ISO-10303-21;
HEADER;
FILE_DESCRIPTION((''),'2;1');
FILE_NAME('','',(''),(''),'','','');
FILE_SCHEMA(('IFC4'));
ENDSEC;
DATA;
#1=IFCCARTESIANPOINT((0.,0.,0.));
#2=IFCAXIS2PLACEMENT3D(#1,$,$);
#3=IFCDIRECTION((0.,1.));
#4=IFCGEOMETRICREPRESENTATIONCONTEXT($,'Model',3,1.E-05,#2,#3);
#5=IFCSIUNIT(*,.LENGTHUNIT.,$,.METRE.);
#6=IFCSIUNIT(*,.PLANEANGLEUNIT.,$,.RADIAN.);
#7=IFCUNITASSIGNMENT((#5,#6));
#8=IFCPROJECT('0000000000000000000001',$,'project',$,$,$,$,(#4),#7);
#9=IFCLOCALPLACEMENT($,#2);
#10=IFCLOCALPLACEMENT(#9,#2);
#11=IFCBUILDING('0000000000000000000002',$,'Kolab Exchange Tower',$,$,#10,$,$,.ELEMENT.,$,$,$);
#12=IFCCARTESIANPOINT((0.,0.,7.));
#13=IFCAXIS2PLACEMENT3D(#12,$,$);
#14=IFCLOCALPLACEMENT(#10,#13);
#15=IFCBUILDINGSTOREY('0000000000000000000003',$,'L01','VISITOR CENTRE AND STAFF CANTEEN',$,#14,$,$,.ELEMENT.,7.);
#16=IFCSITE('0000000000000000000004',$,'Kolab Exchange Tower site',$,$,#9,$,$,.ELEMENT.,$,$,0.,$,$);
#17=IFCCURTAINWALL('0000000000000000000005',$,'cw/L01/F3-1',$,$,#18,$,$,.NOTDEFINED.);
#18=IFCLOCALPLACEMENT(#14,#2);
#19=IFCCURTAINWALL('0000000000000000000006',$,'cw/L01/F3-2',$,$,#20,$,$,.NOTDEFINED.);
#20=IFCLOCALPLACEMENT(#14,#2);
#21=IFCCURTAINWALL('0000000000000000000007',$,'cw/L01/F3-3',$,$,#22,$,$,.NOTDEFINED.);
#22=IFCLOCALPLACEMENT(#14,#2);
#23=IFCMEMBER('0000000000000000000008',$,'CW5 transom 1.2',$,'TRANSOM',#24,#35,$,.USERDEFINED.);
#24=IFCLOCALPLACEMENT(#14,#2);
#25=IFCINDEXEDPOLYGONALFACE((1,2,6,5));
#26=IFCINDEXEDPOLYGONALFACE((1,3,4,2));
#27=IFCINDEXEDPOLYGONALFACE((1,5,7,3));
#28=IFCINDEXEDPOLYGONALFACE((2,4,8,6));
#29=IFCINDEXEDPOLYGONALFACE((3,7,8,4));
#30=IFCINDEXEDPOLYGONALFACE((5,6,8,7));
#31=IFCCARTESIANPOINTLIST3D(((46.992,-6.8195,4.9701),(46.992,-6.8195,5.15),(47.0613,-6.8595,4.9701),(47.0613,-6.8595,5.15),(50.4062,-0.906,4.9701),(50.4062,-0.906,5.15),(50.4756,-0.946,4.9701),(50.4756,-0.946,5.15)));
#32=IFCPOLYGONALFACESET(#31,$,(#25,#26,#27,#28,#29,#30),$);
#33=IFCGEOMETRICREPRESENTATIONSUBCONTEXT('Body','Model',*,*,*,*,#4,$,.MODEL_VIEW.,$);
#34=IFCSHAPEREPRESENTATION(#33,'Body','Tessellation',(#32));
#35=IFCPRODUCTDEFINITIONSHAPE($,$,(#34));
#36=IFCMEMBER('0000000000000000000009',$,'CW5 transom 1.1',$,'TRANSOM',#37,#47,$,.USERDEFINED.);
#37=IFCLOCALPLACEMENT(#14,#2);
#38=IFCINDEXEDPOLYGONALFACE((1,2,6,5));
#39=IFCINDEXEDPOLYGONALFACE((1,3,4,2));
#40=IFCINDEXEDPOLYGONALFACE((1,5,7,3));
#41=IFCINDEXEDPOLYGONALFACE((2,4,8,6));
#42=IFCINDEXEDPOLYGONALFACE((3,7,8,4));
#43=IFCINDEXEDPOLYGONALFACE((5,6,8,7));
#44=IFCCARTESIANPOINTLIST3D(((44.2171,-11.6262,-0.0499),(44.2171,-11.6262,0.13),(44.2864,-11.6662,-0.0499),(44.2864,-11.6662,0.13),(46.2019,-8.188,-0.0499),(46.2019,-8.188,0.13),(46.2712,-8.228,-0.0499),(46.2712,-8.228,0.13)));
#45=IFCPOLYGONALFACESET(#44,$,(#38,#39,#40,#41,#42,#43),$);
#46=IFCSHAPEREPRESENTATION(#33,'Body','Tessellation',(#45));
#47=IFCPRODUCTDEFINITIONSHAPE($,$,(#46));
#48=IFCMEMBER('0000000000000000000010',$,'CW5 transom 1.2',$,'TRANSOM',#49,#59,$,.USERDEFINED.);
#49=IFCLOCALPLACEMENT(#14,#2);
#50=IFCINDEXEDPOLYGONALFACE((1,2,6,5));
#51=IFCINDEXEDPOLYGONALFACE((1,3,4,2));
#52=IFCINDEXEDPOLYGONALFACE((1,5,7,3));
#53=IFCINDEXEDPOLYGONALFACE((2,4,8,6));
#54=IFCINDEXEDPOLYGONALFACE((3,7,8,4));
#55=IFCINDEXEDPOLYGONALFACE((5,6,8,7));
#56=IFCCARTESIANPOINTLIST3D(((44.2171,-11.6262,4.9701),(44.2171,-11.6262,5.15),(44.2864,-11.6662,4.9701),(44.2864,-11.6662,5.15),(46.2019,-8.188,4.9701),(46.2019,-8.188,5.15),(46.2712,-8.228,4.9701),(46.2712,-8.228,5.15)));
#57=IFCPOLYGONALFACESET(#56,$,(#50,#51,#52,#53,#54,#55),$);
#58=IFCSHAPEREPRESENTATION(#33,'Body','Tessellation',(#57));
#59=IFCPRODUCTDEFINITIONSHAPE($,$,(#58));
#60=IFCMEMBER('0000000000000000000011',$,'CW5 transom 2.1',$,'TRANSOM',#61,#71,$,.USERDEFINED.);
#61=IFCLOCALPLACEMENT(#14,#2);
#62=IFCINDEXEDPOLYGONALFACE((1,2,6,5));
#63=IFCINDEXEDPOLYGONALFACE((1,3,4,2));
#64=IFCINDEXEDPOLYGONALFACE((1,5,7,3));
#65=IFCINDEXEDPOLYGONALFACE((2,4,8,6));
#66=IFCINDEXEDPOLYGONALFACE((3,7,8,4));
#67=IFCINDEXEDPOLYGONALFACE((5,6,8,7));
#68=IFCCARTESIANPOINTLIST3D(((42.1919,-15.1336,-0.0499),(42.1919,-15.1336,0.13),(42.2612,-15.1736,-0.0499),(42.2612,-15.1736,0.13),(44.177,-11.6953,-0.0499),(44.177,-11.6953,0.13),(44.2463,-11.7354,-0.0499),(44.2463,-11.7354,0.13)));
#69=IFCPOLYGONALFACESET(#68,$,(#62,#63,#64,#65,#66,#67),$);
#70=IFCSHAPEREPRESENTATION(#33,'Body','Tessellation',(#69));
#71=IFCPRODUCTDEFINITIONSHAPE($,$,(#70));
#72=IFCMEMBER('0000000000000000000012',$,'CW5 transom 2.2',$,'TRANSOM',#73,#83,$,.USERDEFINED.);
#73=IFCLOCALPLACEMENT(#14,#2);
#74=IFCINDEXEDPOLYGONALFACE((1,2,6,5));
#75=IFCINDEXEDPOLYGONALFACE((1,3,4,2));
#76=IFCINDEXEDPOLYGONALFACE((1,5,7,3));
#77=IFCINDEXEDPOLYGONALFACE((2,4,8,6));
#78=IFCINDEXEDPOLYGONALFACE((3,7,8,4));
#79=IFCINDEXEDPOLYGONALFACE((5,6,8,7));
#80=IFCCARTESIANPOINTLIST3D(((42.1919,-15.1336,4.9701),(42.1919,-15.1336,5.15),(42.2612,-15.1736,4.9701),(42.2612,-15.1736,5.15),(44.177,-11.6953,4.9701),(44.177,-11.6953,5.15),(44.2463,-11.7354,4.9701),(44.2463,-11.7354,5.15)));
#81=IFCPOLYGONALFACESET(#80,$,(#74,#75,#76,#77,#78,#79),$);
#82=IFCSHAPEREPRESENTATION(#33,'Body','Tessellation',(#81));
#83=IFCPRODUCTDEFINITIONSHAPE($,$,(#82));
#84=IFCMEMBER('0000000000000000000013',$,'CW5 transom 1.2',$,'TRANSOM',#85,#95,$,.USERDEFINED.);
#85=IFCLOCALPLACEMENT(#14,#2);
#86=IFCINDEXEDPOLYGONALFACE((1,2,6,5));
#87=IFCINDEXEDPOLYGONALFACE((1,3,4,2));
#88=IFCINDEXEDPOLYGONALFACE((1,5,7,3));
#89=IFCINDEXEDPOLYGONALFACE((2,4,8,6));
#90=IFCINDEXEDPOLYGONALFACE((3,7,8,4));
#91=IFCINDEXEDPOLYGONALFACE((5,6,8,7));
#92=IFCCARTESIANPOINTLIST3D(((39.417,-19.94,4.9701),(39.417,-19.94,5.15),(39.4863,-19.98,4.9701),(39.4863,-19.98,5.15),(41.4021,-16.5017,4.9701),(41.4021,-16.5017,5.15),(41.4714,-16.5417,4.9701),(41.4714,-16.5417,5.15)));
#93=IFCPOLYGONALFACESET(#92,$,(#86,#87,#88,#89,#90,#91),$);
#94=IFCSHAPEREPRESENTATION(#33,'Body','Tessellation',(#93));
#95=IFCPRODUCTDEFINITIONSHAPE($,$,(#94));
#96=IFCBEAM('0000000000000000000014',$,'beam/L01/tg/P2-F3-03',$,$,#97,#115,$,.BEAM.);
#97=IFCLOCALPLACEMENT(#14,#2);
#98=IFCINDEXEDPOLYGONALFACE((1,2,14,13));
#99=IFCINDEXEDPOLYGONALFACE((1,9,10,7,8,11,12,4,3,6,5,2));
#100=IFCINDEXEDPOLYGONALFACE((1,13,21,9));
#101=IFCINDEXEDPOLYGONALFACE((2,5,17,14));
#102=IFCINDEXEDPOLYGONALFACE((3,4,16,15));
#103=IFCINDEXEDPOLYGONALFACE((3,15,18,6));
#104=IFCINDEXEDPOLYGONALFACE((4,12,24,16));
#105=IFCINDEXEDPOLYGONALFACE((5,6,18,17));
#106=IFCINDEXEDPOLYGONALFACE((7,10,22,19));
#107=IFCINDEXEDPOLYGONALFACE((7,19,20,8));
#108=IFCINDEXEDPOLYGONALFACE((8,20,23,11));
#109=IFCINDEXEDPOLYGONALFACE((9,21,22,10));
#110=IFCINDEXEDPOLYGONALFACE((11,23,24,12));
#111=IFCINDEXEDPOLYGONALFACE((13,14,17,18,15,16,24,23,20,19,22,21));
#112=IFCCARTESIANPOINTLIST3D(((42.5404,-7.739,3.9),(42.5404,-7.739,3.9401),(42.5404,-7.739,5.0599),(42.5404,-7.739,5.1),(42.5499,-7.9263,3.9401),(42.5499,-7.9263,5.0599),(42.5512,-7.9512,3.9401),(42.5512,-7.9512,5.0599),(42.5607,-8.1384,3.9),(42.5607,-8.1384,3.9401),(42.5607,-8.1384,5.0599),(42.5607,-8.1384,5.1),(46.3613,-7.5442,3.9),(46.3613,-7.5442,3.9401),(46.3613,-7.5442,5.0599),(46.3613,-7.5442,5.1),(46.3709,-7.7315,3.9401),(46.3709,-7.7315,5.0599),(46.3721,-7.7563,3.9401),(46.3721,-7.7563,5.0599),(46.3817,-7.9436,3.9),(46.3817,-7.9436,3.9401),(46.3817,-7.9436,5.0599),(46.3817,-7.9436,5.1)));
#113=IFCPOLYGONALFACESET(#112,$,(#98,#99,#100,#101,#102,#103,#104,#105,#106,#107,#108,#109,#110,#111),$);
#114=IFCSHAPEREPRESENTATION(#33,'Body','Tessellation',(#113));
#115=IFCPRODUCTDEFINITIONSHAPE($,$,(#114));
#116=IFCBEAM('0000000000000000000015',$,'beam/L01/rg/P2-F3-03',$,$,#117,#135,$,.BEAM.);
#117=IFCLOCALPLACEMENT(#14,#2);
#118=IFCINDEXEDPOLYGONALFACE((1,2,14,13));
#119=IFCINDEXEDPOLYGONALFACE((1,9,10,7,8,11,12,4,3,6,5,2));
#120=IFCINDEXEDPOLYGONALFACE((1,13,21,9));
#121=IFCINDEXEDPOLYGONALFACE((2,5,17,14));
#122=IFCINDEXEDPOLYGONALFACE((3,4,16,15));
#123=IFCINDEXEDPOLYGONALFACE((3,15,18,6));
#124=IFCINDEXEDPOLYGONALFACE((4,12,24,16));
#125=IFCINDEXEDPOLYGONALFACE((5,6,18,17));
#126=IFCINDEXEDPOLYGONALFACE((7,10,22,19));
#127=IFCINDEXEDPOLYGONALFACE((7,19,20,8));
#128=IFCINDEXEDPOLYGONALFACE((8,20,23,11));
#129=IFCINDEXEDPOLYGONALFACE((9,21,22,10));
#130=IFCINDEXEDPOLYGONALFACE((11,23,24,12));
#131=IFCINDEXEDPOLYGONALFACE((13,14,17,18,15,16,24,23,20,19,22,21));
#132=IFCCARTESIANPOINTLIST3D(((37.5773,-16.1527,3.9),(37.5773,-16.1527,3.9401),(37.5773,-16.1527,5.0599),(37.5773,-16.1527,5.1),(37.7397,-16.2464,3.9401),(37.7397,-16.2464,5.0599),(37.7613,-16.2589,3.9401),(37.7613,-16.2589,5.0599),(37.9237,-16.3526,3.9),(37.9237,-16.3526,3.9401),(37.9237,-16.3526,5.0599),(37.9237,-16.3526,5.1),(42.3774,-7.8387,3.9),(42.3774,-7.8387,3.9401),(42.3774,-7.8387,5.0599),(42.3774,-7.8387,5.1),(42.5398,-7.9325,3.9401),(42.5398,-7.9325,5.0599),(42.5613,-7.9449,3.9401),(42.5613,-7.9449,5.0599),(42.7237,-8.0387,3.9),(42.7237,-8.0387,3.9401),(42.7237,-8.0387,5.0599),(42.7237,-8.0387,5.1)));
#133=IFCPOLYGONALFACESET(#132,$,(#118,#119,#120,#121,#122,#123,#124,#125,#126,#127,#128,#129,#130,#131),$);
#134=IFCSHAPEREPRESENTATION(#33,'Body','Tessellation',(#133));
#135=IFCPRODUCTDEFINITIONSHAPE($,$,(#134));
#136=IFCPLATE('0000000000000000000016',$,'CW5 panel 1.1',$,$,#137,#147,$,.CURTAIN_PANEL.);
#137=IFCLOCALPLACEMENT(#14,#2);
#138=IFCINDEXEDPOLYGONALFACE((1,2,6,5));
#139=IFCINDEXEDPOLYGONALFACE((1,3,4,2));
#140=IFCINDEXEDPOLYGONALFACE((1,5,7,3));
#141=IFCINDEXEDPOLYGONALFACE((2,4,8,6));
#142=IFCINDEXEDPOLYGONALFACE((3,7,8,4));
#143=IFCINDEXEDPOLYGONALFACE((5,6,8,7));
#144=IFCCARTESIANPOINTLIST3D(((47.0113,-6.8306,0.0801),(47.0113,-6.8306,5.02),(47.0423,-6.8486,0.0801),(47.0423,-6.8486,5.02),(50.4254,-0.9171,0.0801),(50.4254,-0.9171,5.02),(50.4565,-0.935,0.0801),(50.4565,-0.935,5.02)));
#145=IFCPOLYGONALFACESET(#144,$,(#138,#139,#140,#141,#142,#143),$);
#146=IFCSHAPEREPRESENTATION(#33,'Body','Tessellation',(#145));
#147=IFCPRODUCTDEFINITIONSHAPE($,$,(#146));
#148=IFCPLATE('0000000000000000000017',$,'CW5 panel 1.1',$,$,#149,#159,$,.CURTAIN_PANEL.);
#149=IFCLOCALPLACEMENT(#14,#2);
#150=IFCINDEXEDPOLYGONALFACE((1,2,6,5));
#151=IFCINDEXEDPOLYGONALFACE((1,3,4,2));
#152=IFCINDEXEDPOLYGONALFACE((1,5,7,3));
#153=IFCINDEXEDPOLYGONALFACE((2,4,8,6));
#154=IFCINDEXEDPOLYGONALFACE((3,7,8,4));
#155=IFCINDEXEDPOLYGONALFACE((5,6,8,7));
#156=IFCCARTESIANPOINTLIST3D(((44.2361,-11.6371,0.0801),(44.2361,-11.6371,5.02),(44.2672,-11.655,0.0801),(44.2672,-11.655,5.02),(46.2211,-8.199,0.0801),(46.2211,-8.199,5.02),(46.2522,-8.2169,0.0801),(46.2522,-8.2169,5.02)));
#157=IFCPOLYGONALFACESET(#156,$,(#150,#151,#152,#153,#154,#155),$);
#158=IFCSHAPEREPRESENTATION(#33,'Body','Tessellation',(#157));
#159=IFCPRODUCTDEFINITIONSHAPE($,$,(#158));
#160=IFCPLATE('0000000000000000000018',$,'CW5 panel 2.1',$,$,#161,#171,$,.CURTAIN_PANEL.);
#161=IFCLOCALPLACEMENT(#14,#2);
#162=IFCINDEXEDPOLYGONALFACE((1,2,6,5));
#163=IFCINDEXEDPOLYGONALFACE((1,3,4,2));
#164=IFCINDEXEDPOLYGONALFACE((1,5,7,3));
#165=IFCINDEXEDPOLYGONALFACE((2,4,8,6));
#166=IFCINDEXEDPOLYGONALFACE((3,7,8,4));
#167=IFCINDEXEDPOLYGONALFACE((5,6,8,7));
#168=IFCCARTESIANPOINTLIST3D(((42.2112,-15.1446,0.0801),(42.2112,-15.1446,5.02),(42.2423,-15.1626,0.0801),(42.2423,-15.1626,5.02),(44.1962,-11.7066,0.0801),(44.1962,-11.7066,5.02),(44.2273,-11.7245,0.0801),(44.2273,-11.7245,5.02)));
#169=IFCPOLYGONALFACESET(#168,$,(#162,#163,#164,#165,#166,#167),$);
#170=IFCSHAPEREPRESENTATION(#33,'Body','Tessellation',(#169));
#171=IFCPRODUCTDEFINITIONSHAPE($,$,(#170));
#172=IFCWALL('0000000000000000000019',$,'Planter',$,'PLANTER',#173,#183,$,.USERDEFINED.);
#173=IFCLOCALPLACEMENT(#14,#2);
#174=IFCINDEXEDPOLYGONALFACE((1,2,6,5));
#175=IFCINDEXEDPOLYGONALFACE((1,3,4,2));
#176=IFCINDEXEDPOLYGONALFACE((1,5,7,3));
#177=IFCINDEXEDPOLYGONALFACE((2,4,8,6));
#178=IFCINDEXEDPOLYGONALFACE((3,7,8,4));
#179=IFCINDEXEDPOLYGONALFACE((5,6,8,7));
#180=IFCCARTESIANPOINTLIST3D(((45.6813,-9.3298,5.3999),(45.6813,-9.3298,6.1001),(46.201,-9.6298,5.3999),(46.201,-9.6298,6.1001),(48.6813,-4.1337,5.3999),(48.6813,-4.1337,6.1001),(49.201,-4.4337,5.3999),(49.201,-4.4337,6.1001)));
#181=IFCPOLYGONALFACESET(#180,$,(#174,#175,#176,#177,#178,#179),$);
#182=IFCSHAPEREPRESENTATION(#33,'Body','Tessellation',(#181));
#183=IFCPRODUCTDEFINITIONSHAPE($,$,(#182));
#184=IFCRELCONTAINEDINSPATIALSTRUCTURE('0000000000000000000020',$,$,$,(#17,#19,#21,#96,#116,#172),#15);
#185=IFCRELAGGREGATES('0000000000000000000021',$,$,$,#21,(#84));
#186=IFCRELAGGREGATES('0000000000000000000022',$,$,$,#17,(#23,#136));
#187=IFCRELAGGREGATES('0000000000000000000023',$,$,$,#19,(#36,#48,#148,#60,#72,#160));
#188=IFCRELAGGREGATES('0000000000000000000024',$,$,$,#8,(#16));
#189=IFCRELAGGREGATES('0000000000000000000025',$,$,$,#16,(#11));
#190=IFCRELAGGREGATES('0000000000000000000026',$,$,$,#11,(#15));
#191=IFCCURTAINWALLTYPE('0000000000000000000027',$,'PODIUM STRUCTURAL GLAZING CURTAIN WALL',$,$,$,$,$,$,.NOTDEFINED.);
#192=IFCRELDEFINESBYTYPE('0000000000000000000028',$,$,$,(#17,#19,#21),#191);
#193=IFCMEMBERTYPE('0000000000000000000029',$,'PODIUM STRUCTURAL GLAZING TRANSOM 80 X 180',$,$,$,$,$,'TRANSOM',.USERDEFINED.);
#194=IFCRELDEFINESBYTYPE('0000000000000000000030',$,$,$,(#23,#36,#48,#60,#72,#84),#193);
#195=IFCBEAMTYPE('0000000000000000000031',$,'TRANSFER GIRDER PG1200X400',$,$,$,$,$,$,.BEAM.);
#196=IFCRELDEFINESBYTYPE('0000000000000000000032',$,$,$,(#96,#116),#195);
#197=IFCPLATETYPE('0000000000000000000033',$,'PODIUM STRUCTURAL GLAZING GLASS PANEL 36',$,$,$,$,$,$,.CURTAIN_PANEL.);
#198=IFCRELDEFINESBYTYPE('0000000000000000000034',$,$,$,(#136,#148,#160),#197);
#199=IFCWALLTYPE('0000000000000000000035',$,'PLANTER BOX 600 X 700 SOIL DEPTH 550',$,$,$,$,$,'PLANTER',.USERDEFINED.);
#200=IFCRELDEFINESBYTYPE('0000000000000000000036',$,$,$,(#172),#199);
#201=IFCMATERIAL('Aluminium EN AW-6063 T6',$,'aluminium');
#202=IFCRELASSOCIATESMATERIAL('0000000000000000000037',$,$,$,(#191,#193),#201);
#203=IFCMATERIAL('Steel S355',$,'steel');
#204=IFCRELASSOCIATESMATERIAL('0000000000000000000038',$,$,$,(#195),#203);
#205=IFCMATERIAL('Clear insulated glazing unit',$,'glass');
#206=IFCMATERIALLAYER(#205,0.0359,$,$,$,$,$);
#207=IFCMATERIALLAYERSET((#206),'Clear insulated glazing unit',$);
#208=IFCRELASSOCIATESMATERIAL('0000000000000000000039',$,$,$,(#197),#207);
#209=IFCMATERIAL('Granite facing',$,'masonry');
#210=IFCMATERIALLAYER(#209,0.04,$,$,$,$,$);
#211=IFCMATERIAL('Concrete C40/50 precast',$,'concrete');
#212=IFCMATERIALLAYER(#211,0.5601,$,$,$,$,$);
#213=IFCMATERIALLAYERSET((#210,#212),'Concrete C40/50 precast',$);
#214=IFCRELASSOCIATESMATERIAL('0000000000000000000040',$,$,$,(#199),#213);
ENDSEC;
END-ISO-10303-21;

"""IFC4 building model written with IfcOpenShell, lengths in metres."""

from ifc_helpers import new_model, si_unit, direction, frame, frame_2d, origin, origin_2d, place, context, subcontext, project, spatial, rectangle, i_section, extrude, material, layer, layer_set, material_profile, profile_set, type_object, element, aggregate, save


model = new_model("IFC4")

# Units and contexts
model_context = context("Model", 3, precision=1e-05, world=origin(), true_north=direction((0.0, 1.0)))
body_context = subcontext(model_context, "Body", "Model", "MODEL_VIEW")
ifc_project = project(units=[si_unit("LENGTHUNIT", "METRE"), si_unit("PLANEANGLEUNIT", "RADIAN")], contexts=[model_context])

# Site, building, storey
site_placement = place(None, origin())
site = spatial("IfcSite", under=ifc_project, at=site_placement, Name="Kolab Exchange Tower site", CompositionType="ELEMENT", RefElevation=0.0)
building_placement = place(site_placement, origin())
building = spatial("IfcBuilding", under=site, at=building_placement, Name="Kolab Exchange Tower", CompositionType="ELEMENT")
storey_placement = place(building_placement, frame((0.0, 0.0, 7.0)))
storey = spatial("IfcBuildingStorey", under=building, at=storey_placement, Name="L01", Description="VISITOR CENTRE AND STAFF CANTEEN", CompositionType="ELEMENT", Elevation=7.0)

# Shared definitions
ifc_material_1 = material(Name="Steel S355", Category="steel")

# Curtain walls
ifc_material_2 = material(Name="Aluminium EN AW-6063 T6", Category="aluminium")
curtain_wall_type = type_object("IfcCurtainWallType", Name="PODIUM STRUCTURAL GLAZING CURTAIN WALL", PredefinedType="NOTDEFINED", material=ifc_material_2)
curtain_wall_1_placement = place(storey_placement, origin())
curtain_wall_1 = element("IfcCurtainWall", 1, at=curtain_wall_1_placement, inside=storey, type_object=curtain_wall_type, Name="cw/L01/F3-1", PredefinedType="NOTDEFINED")
curtain_wall_2_placement = place(storey_placement, origin())
curtain_wall_2 = element("IfcCurtainWall", 2, at=curtain_wall_2_placement, inside=storey, type_object=curtain_wall_type, Name="cw/L01/F3-2", PredefinedType="NOTDEFINED")

# Curtain wall
curtain_wall_3_placement = place(storey_placement, origin())
curtain_wall_3 = element("IfcCurtainWall", 3, at=curtain_wall_3_placement, inside=storey, type_object=curtain_wall_type, Name="cw/L01/F3-3", PredefinedType="NOTDEFINED")

# Members
ifc_material_profile_1 = material_profile(ifc_material_2, rectangle(XDim=0.0801, YDim=0.1799, at=origin_2d()), Name="RECT 80X180")
ifc_profile_set_1 = profile_set([ifc_material_profile_1], Name="Aluminium EN AW-6063 T6")
member_type_1 = type_object("IfcMemberType", Name="PODIUM STRUCTURAL GLAZING TRANSOM 80 X 180", ElementType="TRANSOM", PredefinedType="USERDEFINED", material=ifc_profile_set_1)
member_1_placement = place(storey_placement, frame((50.4409, -0.926, 5.0601), z_axis=(-0.500011, -0.866019, 0.0), x_axis=(0.866019, -0.500011, 0.0)))
member_1 = element("IfcMember", 4, at=member_1_placement, type_object=member_type_1, Name="CW5 transom 1.2", ObjectType="TRANSOM", PredefinedType="USERDEFINED", context=body_context, shape_type="SweptSolid", body=[
    extrude(rectangle(XDim=0.0801, YDim=0.1799, at=origin_2d()), origin(), (0.0, 0.0, 1.0), 6.8284),
])
member_2_placement = place(storey_placement, frame((46.2366, -8.208, 0.04), z_axis=(-0.499962, -0.866047, 0.0), x_axis=(0.866047, -0.499962, 0.0)))
member_2 = element("IfcMember", 5, at=member_2_placement, type_object=member_type_1, Name="CW5 transom 1.1", ObjectType="TRANSOM", PredefinedType="USERDEFINED", context=body_context, shape_type="SweptSolid", body=[
    extrude(rectangle(XDim=0.0801, YDim=0.1799, at=origin_2d()), origin(), (0.0, 0.0, 1.0), 3.97),
])
member_3_placement = place(storey_placement, frame((46.2366, -8.208, 5.0601), z_axis=(-0.499962, -0.866047, 0.0), x_axis=(0.866047, -0.499962, 0.0)))
member_3 = element("IfcMember", 6, at=member_3_placement, type_object=member_type_1, Name="CW5 transom 1.2", ObjectType="TRANSOM", PredefinedType="USERDEFINED", context=body_context, shape_type="SweptSolid", body=[
    extrude(rectangle(XDim=0.0801, YDim=0.1799, at=origin_2d()), origin(), (0.0, 0.0, 1.0), 3.97),
])
member_4_placement = place(storey_placement, frame((44.2117, -11.7153, 0.04), z_axis=(-0.500008, -0.866021, 0.0), x_axis=(0.866021, -0.500008, 0.0)))
member_4 = element("IfcMember", 7, at=member_4_placement, type_object=member_type_1, Name="CW5 transom 2.1", ObjectType="TRANSOM", PredefinedType="USERDEFINED", context=body_context, shape_type="SweptSolid", body=[
    extrude(rectangle(XDim=0.0801, YDim=0.1799, at=origin_2d()), origin(), (0.0, 0.0, 1.0), 3.9702),
])
member_5_placement = place(storey_placement, frame((44.2117, -11.7153, 5.0601), z_axis=(-0.500008, -0.866021, 0.0), x_axis=(0.866021, -0.500008, 0.0)))
member_5 = element("IfcMember", 8, at=member_5_placement, type_object=member_type_1, Name="CW5 transom 2.2", ObjectType="TRANSOM", PredefinedType="USERDEFINED", context=body_context, shape_type="SweptSolid", body=[
    extrude(rectangle(XDim=0.0801, YDim=0.1799, at=origin_2d()), origin(), (0.0, 0.0, 1.0), 3.9702),
])
member_6_placement = place(storey_placement, frame((41.4368, -16.5217, 5.0601), z_axis=(-0.500008, -0.866021, 0.0), x_axis=(0.866021, -0.500008, 0.0)))
member_6 = element("IfcMember", 9, at=member_6_placement, type_object=member_type_1, Name="CW5 transom 1.2", ObjectType="TRANSOM", PredefinedType="USERDEFINED", context=body_context, shape_type="SweptSolid", body=[
    extrude(rectangle(XDim=0.0801, YDim=0.1799, at=origin_2d()), origin(), (0.0, 0.0, 1.0), 3.9702),
])
aggregate(curtain_wall_3, [member_6])

# Beams
ifc_material_profile_2 = material_profile(ifc_material_1, i_section(OverallWidth=0.3999, OverallDepth=1.2, WebThickness=0.0249, FlangeThickness=0.04, at=origin_2d()), Name="PG1200X400")
ifc_profile_set_2 = profile_set([ifc_material_profile_2], Name="Steel S355")
beam_type_1 = type_object("IfcBeamType", Name="TRANSFER GIRDER PG1200X400", PredefinedType="BEAM", material=ifc_profile_set_2)
beam_1_placement = place(storey_placement, frame((42.5505, -7.9387, 4.5), z_axis=(0.998703, 0.050921, 0.0), x_axis=(-0.050921, 0.998703, 0.0)))
element("IfcBeam", 10, at=beam_1_placement, inside=storey, type_object=beam_type_1, Name="beam/L01/tg/P2-F3-03", PredefinedType="BEAM", context=body_context, shape_type="SweptSolid", body=[
    extrude(i_section(OverallWidth=0.3999, OverallDepth=1.2, WebThickness=0.0249, FlangeThickness=0.04, at=origin_2d()), origin(), (0.0, 0.0, 1.0), 3.8259),
])
beam_2_placement = place(storey_placement, frame((42.5505, -7.9387, 4.5), z_axis=(-0.499998, -0.866026, 0.0), x_axis=(0.866026, -0.499998, 0.0)))
element("IfcBeam", 11, at=beam_2_placement, inside=storey, type_object=beam_type_1, Name="beam/L01/rg/P2-F3-03", PredefinedType="BEAM", context=body_context, shape_type="SweptSolid", body=[
    extrude(i_section(OverallWidth=0.3999, OverallDepth=1.2, WebThickness=0.0249, FlangeThickness=0.04, at=origin_2d()), origin(), (0.0, 0.0, 1.0), 9.6001),
])

# Plates
ifc_material_3 = material(Name="Clear insulated glazing unit", Category="glass")
ifc_layer_1 = layer(ifc_material_3, 0.0359)
ifc_layer_set_1 = layer_set([ifc_layer_1], Name="Clear insulated glazing unit")
plate_type = type_object("IfcPlateType", Name="PODIUM STRUCTURAL GLAZING GLASS PANEL 36", PredefinedType="CURTAIN_PANEL", material=ifc_layer_set_1)
plate_1_placement = place(storey_placement, frame((48.7339, -3.8828, 0.0801), z_axis=(0.0, 0.0, 1.0), x_axis=(-0.5, -0.866025, 0.0)))
plate_1 = element("IfcPlate", 12, at=plate_1_placement, type_object=plate_type, Name="CW5 panel 1.1", PredefinedType="CURTAIN_PANEL", context=body_context, shape_type="SweptSolid", body=[
    extrude(rectangle(XDim=6.8284, YDim=0.0359, at=origin_2d()), origin(), (0.0, 0.0, 1.0), 4.9399),
])
aggregate(curtain_wall_1, [member_1, plate_1])
plate_2_placement = place(storey_placement, frame((45.2441, -9.927, 0.0801), z_axis=(0.0, 0.0, 1.0), x_axis=(-0.5, -0.866025, 0.0)))
plate_2 = element("IfcPlate", 13, at=plate_2_placement, type_object=plate_type, Name="CW5 panel 1.1", PredefinedType="CURTAIN_PANEL", context=body_context, shape_type="SweptSolid", body=[
    extrude(rectangle(XDim=3.97, YDim=0.0359, at=origin_2d()), origin(), (0.0, 0.0, 1.0), 4.9399),
])
plate_3_placement = place(storey_placement, frame((43.2192, -13.4346, 0.0801), z_axis=(0.0, 0.0, 1.0), x_axis=(-0.5, -0.866025, 0.0)))
plate_3 = element("IfcPlate", 14, at=plate_3_placement, type_object=plate_type, Name="CW5 panel 2.1", PredefinedType="CURTAIN_PANEL", context=body_context, shape_type="SweptSolid", body=[
    extrude(rectangle(XDim=3.97, YDim=0.0359, at=origin_2d()), origin(), (0.0, 0.0, 1.0), 4.9399),
])
aggregate(curtain_wall_2, [member_2, member_3, plate_2, member_4, member_5, plate_3])

# Wall
ifc_material_4 = material(Name="Granite facing", Category="masonry")
ifc_layer_2 = layer(ifc_material_4, 0.04)
ifc_material_5 = material(Name="Concrete C40/50 precast", Category="concrete")
ifc_layer_3 = layer(ifc_material_5, 0.5601)
ifc_layer_set_2 = layer_set([ifc_layer_2, ifc_layer_3], Name="Concrete C40/50 precast")
wall_type_1 = type_object("IfcWallType", Name="PLANTER BOX 600 X 700 SOIL DEPTH 550", ElementType="PLANTER", PredefinedType="USERDEFINED", material=ifc_layer_set_2)
wall_1_placement = place(storey_placement, frame((48.9412, -4.2837, 5.3999), z_axis=(0.0, 0.0, 1.0), x_axis=(-0.500008, -0.866021, 0.0)))
element("IfcWall", 15, at=wall_1_placement, inside=storey, type_object=wall_type_1, Name="Planter", ObjectType="PLANTER", PredefinedType="USERDEFINED", context=body_context, shape_type="SweptSolid", body=[
    extrude(rectangle(XDim=6.0, YDim=0.6001, at=frame_2d((3.0, 0.0))), origin(), (0.0, 0.0, 1.0), 0.7002),
])

save(model, "model.ifc")
